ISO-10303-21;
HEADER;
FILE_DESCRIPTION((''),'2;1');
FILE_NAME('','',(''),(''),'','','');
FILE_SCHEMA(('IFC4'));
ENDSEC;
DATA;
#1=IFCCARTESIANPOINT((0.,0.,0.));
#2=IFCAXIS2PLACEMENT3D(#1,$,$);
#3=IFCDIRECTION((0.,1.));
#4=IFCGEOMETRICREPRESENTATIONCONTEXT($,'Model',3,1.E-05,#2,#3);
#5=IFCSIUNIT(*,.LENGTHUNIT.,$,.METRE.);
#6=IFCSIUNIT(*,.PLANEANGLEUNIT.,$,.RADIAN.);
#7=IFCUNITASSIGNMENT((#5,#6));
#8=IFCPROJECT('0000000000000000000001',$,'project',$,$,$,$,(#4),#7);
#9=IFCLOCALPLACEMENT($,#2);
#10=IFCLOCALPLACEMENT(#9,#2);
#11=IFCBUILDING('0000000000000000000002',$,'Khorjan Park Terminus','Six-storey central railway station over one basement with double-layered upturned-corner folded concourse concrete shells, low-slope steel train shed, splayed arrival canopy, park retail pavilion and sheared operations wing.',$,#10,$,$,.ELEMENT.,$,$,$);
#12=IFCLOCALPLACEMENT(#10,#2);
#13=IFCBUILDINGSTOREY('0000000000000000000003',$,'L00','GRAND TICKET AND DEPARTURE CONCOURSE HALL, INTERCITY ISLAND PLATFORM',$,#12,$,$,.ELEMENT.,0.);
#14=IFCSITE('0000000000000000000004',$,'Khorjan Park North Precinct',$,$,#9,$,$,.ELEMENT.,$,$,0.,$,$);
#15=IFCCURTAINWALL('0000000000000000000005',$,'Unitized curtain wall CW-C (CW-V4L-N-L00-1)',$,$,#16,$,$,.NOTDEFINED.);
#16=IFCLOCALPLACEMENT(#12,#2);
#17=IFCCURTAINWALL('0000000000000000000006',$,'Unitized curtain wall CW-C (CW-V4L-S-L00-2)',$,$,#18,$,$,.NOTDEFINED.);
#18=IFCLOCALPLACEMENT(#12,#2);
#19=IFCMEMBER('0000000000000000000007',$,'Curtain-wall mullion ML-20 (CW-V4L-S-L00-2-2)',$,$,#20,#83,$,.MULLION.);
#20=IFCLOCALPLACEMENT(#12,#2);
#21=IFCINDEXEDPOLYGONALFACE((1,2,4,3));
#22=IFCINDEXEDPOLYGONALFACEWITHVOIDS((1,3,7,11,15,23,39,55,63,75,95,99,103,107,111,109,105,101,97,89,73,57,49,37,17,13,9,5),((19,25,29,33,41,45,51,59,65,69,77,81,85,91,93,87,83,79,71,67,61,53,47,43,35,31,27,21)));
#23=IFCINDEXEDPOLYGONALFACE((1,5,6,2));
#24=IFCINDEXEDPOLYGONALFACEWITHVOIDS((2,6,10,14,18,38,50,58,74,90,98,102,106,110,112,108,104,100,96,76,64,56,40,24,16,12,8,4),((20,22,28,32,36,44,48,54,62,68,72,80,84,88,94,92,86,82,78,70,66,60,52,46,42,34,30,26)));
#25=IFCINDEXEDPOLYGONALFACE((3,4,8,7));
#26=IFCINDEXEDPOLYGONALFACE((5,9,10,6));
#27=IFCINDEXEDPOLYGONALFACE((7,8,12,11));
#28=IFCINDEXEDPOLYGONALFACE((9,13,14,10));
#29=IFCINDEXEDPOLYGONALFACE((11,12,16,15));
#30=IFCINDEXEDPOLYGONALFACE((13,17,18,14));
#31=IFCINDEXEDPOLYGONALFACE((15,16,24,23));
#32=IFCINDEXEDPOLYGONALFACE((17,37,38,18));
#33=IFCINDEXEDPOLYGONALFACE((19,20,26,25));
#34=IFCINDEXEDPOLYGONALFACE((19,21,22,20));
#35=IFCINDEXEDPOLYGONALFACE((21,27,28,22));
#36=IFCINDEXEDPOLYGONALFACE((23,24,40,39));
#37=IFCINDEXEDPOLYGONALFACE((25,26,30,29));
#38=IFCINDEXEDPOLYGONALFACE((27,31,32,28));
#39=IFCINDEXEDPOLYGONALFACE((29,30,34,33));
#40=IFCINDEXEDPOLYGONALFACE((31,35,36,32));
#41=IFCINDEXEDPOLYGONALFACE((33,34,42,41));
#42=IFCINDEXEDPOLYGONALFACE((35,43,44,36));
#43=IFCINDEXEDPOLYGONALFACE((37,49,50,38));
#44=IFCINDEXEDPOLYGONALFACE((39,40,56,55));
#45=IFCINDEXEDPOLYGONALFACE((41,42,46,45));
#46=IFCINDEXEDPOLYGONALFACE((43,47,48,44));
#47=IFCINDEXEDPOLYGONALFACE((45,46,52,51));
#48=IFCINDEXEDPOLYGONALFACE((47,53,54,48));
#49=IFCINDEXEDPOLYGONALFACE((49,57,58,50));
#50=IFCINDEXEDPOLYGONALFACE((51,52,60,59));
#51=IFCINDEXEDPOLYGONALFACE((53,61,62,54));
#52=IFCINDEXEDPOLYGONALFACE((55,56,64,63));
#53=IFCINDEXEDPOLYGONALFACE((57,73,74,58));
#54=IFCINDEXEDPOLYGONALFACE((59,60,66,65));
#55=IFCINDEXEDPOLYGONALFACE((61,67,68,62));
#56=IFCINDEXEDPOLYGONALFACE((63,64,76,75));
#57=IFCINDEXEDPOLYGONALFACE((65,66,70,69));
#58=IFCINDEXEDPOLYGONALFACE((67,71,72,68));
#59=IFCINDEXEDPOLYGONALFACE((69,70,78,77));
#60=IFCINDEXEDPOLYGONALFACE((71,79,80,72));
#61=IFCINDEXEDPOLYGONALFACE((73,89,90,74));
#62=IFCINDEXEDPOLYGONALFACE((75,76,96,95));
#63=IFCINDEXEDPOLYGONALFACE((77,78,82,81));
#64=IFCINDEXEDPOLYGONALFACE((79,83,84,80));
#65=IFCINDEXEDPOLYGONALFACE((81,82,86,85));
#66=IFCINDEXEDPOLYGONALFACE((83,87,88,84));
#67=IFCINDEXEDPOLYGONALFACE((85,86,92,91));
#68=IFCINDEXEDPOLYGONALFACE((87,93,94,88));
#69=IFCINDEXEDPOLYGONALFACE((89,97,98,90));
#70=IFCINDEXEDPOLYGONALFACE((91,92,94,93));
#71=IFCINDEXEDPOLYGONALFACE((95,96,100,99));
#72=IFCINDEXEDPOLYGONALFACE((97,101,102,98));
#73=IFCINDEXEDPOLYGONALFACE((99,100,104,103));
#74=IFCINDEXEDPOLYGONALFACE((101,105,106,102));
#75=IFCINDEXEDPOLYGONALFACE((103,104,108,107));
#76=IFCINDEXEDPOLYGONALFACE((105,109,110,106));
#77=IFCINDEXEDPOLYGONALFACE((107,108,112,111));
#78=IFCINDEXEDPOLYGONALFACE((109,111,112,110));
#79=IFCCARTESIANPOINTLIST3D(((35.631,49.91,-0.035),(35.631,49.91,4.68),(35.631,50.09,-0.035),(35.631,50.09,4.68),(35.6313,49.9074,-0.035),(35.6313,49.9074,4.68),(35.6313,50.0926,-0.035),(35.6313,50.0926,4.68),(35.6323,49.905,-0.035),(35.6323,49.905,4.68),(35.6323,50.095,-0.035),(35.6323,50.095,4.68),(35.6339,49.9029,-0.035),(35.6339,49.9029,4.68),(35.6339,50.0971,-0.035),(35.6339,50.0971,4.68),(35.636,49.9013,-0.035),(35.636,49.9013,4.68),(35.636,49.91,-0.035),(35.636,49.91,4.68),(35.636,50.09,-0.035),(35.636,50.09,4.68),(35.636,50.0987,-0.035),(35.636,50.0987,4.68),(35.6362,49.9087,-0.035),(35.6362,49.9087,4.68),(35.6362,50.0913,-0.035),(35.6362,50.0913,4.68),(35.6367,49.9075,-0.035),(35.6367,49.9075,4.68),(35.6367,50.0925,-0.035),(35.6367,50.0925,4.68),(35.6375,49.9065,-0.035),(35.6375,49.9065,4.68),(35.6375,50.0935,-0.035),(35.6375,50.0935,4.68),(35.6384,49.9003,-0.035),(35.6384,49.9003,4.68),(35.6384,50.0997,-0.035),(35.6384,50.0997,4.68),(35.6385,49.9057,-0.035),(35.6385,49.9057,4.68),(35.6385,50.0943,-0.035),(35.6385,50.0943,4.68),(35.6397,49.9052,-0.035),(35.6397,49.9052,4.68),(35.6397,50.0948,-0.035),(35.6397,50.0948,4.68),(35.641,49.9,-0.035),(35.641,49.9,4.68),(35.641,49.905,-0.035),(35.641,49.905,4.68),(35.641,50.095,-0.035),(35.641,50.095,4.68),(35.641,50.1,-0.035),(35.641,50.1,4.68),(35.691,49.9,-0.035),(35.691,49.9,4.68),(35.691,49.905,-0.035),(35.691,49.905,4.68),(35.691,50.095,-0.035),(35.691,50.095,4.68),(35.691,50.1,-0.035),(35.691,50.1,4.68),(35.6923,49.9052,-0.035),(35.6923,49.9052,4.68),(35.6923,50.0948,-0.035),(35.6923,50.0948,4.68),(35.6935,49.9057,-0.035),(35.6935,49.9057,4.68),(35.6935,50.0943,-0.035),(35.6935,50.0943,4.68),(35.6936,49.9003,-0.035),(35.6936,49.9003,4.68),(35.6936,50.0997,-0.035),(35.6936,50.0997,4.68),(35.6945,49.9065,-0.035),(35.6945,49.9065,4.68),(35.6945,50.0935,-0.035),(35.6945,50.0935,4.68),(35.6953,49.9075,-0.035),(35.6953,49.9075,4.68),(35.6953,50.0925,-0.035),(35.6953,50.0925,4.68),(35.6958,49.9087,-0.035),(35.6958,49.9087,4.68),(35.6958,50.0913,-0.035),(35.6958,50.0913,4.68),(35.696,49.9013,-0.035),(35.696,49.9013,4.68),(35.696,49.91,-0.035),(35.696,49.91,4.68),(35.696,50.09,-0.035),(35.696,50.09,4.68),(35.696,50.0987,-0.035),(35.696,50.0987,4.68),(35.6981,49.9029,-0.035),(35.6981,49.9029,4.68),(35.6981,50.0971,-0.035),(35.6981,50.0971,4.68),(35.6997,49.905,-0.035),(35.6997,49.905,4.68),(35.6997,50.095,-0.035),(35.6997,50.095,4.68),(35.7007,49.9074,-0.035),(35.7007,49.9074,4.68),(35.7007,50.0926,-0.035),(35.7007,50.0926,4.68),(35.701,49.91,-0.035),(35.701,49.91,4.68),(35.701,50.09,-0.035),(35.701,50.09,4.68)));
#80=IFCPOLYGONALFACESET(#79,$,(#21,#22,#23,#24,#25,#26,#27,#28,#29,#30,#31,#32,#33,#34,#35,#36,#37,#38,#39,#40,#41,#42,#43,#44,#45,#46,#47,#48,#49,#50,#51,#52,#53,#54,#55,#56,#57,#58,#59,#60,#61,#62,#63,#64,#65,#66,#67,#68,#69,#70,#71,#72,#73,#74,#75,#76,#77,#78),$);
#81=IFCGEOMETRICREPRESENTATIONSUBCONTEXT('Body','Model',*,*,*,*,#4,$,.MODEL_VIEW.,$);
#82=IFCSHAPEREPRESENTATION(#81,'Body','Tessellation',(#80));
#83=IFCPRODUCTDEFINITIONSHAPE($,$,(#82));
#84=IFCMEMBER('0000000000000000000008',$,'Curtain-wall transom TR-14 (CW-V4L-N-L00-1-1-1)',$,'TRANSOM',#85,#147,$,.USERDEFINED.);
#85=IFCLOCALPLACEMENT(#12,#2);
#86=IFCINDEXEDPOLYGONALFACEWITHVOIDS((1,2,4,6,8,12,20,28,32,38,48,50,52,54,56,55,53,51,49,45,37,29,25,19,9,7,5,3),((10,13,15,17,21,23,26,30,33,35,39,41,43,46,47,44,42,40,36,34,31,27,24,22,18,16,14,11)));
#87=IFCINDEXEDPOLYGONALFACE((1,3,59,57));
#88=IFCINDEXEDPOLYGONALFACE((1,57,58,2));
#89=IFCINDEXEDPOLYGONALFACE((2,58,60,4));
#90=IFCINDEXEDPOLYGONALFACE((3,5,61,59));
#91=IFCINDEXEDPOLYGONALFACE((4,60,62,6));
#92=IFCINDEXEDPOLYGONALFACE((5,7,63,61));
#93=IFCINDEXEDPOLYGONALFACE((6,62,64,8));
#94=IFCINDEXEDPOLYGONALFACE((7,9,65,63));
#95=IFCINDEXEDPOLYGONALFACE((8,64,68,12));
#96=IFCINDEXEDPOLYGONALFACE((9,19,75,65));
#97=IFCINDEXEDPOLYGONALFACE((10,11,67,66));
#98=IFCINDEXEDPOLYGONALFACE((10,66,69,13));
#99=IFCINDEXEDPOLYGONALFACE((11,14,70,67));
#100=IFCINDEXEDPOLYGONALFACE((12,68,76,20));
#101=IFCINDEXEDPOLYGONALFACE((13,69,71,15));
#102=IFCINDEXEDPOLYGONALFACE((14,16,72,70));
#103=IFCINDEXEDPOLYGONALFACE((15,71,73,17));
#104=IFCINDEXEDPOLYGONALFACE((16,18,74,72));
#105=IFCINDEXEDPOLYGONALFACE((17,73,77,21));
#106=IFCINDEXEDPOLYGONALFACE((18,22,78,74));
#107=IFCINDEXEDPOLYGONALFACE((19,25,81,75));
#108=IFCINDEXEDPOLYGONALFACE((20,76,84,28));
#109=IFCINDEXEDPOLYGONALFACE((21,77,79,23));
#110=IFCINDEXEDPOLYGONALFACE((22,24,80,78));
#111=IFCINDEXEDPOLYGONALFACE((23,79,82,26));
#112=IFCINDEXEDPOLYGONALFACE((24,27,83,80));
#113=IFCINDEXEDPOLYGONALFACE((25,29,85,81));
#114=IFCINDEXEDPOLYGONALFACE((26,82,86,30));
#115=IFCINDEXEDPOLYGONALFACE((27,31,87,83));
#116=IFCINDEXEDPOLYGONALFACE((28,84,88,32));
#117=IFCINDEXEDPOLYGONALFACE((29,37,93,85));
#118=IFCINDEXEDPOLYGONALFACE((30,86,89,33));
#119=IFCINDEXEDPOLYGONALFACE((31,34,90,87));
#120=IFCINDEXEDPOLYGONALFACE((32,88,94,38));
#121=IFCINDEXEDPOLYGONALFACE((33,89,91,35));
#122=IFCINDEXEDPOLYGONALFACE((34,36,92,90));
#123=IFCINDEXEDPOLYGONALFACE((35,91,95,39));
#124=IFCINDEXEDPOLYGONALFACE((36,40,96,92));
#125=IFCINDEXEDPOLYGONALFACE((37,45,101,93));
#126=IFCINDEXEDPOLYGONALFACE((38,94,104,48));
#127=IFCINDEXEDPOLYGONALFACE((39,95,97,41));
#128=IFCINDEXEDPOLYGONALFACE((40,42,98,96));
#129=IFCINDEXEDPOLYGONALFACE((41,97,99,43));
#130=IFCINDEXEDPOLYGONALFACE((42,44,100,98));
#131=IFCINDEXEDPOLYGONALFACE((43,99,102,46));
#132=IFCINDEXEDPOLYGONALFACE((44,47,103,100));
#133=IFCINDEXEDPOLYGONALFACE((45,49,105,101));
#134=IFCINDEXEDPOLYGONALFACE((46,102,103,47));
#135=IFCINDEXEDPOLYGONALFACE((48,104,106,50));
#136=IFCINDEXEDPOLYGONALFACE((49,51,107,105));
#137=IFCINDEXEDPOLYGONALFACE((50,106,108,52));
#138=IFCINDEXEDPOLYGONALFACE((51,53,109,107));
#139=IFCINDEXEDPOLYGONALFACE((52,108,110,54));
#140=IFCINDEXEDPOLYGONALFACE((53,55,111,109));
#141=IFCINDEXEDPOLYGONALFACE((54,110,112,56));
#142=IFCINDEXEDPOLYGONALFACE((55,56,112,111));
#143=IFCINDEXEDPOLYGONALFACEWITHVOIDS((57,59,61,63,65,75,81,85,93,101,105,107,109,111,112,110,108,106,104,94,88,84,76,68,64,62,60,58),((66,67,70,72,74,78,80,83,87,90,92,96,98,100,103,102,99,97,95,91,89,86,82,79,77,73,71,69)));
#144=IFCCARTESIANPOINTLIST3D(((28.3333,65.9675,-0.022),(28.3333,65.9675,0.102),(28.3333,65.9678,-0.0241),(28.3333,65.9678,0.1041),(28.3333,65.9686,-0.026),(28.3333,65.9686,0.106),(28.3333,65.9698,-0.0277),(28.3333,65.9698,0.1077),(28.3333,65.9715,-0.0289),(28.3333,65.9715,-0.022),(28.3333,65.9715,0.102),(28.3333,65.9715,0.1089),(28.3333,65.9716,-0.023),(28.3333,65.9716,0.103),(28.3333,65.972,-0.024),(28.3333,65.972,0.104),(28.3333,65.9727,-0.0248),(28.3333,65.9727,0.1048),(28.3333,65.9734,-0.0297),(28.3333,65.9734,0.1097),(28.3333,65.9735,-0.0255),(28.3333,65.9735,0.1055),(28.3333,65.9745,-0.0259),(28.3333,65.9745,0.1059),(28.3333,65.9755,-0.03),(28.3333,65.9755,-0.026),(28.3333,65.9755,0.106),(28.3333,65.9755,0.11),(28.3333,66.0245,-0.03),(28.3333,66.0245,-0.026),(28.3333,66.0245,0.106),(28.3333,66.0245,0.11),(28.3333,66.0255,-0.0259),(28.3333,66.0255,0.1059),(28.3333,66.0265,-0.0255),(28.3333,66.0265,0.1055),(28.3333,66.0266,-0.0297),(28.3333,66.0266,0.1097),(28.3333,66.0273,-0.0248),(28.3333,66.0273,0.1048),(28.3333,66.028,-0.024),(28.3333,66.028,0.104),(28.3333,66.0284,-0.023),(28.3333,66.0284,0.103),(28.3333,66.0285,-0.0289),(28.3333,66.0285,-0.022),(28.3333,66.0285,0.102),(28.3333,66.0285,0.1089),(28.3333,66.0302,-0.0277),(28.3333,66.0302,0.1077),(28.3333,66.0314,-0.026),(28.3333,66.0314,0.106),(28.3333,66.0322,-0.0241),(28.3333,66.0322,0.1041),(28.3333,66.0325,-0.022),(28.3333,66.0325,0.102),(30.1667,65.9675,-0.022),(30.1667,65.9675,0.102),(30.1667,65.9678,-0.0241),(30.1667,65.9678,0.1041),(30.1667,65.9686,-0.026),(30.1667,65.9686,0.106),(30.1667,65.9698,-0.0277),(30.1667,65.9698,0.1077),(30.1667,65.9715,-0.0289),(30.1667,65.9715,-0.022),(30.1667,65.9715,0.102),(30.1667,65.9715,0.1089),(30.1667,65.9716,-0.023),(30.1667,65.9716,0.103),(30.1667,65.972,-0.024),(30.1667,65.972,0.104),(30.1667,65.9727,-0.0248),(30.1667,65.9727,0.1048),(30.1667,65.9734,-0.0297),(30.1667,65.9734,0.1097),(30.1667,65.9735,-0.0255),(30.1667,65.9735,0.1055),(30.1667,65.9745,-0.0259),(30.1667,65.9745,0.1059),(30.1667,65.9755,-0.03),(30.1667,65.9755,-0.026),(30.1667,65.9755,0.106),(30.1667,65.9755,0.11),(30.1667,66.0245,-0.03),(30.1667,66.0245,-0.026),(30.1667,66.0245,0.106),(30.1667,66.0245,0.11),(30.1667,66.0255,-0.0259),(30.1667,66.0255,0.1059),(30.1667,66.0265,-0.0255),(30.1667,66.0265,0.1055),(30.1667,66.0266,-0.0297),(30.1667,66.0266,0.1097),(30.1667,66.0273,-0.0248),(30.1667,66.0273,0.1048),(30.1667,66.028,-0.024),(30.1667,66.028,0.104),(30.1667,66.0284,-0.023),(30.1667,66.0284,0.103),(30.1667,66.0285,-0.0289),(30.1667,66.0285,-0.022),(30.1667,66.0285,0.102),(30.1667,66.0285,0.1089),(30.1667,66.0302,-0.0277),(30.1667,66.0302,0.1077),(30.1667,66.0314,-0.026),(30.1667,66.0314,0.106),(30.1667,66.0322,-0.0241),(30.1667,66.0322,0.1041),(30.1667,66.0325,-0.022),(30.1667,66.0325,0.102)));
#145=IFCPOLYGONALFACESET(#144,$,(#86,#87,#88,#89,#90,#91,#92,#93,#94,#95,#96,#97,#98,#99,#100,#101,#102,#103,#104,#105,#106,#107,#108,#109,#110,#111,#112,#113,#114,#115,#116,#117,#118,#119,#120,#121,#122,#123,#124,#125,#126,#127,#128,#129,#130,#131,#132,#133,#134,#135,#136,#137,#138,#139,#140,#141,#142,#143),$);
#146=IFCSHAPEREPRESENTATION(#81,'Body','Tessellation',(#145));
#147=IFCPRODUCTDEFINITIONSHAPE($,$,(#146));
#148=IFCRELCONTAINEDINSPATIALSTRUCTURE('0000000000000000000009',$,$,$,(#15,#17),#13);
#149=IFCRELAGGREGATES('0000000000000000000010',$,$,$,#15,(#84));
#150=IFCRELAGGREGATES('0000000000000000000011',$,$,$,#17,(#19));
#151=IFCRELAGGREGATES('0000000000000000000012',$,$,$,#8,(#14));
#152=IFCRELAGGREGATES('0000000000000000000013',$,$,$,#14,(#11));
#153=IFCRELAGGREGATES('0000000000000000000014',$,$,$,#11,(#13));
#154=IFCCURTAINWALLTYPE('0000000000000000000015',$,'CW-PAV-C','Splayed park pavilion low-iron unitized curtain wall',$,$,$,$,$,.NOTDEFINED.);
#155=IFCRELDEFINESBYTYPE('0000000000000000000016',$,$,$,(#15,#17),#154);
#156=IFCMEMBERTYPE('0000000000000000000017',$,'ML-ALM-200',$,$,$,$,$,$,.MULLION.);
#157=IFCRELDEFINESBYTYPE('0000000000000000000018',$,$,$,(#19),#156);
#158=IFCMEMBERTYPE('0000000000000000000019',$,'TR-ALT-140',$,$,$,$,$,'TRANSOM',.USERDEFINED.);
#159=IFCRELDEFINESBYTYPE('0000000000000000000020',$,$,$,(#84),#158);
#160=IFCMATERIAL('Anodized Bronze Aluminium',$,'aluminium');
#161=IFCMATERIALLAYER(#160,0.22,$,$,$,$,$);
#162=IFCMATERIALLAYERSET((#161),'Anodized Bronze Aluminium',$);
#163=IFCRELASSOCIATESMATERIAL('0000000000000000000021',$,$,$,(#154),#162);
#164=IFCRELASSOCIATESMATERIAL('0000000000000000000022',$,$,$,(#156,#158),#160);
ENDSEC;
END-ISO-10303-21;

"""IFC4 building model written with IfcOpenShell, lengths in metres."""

from ifc_helpers import new_model, si_unit, direction, frame, origin, origin_2d, place, context, subcontext, project, spatial, hollow_rectangle, extrude, material, layer, layer_set, material_profile, profile_set, type_object, element, aggregate, save


model = new_model("IFC4")

# Units and contexts
model_context = context("Model", 3, precision=1e-05, world=origin(), true_north=direction((0.0, 1.0)))
body_context = subcontext(model_context, "Body", "Model", "MODEL_VIEW")
ifc_project = project(units=[si_unit("LENGTHUNIT", "METRE"), si_unit("PLANEANGLEUNIT", "RADIAN")], contexts=[model_context])

# Site, building, storey
site_placement = place(None, origin())
site = spatial("IfcSite", under=ifc_project, at=site_placement, Name="Khorjan Park North Precinct", CompositionType="ELEMENT", RefElevation=0.0)
building_placement = place(site_placement, origin())
building = spatial("IfcBuilding", under=site, at=building_placement, Name="Khorjan Park Terminus", Description="Six-storey central railway station over one basement with double-layered upturned-corner folded concourse concrete shells, low-slope steel train shed, splayed arrival canopy, park retail pavilion and sheared operations wing.", CompositionType="ELEMENT")
storey_placement = place(building_placement, origin())
storey = spatial("IfcBuildingStorey", under=building, at=storey_placement, Name="L00", Description="GRAND TICKET AND DEPARTURE CONCOURSE HALL, INTERCITY ISLAND PLATFORM", CompositionType="ELEMENT", Elevation=0.0)

# Curtain wall
ifc_material_1 = material(Name="Anodized Bronze Aluminium", Category="aluminium")
ifc_layer_1 = layer(ifc_material_1, 0.22)
ifc_layer_set_1 = layer_set([ifc_layer_1], Name="Anodized Bronze Aluminium")
curtain_wall_type = type_object("IfcCurtainWallType", Name="CW-PAV-C", Description="Splayed park pavilion low-iron unitized curtain wall", PredefinedType="NOTDEFINED", material=ifc_layer_set_1)
curtain_wall_1_placement = place(storey_placement, origin())
curtain_wall_1 = element("IfcCurtainWall", 1, at=curtain_wall_1_placement, inside=storey, type_object=curtain_wall_type, Name="Unitized curtain wall CW-C (CW-V4L-N-L00-1)", PredefinedType="NOTDEFINED")
ifc_material_profile_1 = material_profile(ifc_material_1, hollow_rectangle(XDim=0.07, YDim=0.2, WallThickness=0.005, InnerFilletRadius=0.005, OuterFilletRadius=0.01, at=origin_2d()), Name="ALM 70x200x5")
ifc_profile_set_1 = profile_set([ifc_material_profile_1], Name="Anodized Bronze Aluminium")
member_type_1 = type_object("IfcMemberType", Name="ML-ALM-200", PredefinedType="MULLION", material=ifc_profile_set_1)

# Curtain wall, member
curtain_wall_2_placement = place(storey_placement, origin())
curtain_wall_2 = element("IfcCurtainWall", 2, at=curtain_wall_2_placement, inside=storey, type_object=curtain_wall_type, Name="Unitized curtain wall CW-C (CW-V4L-S-L00-2)", PredefinedType="NOTDEFINED")
member_1_placement = place(storey_placement, frame((35.666, 50.0, -0.035), z_axis=(0.0, 0.0, 1.0), x_axis=(1.0, 0.0, 0.0)))
member_1 = element("IfcMember", 3, at=member_1_placement, type_object=member_type_1, Name="Curtain-wall mullion ML-20 (CW-V4L-S-L00-2-2)", PredefinedType="MULLION", context=body_context, shape_type="SweptSolid", body=[
    extrude(hollow_rectangle(XDim=0.07, YDim=0.2, WallThickness=0.005, InnerFilletRadius=0.005, OuterFilletRadius=0.01, at=origin_2d()), origin(), (0.0, 0.0, 1.0), 4.715),
])

# Member
ifc_material_profile_2 = material_profile(ifc_material_1, hollow_rectangle(XDim=0.065, YDim=0.14, WallThickness=0.004, InnerFilletRadius=0.004, OuterFilletRadius=0.008, at=origin_2d()), Name="ALT 65x140x4")
ifc_profile_set_2 = profile_set([ifc_material_profile_2], Name="Anodized Bronze Aluminium")
member_type_2 = type_object("IfcMemberType", Name="TR-ALT-140", ElementType="TRANSOM", PredefinedType="USERDEFINED", material=ifc_profile_set_2)
member_2_placement = place(storey_placement, frame((30.1667, 66.0, 0.04), z_axis=(-1.0, 0.0, 0.0), x_axis=(0.0, -1.0, 0.0)))
member_2 = element("IfcMember", 4, at=member_2_placement, type_object=member_type_2, Name="Curtain-wall transom TR-14 (CW-V4L-N-L00-1-1-1)", ObjectType="TRANSOM", PredefinedType="USERDEFINED", context=body_context, shape_type="SweptSolid", body=[
    extrude(hollow_rectangle(XDim=0.065, YDim=0.14, WallThickness=0.004, InnerFilletRadius=0.004, OuterFilletRadius=0.008, at=origin_2d()), origin(), (0.0, 0.0, 1.0), 1.8334),
])

aggregate(curtain_wall_1, [member_2])
aggregate(curtain_wall_2, [member_1])

save(model, "model.ifc")
